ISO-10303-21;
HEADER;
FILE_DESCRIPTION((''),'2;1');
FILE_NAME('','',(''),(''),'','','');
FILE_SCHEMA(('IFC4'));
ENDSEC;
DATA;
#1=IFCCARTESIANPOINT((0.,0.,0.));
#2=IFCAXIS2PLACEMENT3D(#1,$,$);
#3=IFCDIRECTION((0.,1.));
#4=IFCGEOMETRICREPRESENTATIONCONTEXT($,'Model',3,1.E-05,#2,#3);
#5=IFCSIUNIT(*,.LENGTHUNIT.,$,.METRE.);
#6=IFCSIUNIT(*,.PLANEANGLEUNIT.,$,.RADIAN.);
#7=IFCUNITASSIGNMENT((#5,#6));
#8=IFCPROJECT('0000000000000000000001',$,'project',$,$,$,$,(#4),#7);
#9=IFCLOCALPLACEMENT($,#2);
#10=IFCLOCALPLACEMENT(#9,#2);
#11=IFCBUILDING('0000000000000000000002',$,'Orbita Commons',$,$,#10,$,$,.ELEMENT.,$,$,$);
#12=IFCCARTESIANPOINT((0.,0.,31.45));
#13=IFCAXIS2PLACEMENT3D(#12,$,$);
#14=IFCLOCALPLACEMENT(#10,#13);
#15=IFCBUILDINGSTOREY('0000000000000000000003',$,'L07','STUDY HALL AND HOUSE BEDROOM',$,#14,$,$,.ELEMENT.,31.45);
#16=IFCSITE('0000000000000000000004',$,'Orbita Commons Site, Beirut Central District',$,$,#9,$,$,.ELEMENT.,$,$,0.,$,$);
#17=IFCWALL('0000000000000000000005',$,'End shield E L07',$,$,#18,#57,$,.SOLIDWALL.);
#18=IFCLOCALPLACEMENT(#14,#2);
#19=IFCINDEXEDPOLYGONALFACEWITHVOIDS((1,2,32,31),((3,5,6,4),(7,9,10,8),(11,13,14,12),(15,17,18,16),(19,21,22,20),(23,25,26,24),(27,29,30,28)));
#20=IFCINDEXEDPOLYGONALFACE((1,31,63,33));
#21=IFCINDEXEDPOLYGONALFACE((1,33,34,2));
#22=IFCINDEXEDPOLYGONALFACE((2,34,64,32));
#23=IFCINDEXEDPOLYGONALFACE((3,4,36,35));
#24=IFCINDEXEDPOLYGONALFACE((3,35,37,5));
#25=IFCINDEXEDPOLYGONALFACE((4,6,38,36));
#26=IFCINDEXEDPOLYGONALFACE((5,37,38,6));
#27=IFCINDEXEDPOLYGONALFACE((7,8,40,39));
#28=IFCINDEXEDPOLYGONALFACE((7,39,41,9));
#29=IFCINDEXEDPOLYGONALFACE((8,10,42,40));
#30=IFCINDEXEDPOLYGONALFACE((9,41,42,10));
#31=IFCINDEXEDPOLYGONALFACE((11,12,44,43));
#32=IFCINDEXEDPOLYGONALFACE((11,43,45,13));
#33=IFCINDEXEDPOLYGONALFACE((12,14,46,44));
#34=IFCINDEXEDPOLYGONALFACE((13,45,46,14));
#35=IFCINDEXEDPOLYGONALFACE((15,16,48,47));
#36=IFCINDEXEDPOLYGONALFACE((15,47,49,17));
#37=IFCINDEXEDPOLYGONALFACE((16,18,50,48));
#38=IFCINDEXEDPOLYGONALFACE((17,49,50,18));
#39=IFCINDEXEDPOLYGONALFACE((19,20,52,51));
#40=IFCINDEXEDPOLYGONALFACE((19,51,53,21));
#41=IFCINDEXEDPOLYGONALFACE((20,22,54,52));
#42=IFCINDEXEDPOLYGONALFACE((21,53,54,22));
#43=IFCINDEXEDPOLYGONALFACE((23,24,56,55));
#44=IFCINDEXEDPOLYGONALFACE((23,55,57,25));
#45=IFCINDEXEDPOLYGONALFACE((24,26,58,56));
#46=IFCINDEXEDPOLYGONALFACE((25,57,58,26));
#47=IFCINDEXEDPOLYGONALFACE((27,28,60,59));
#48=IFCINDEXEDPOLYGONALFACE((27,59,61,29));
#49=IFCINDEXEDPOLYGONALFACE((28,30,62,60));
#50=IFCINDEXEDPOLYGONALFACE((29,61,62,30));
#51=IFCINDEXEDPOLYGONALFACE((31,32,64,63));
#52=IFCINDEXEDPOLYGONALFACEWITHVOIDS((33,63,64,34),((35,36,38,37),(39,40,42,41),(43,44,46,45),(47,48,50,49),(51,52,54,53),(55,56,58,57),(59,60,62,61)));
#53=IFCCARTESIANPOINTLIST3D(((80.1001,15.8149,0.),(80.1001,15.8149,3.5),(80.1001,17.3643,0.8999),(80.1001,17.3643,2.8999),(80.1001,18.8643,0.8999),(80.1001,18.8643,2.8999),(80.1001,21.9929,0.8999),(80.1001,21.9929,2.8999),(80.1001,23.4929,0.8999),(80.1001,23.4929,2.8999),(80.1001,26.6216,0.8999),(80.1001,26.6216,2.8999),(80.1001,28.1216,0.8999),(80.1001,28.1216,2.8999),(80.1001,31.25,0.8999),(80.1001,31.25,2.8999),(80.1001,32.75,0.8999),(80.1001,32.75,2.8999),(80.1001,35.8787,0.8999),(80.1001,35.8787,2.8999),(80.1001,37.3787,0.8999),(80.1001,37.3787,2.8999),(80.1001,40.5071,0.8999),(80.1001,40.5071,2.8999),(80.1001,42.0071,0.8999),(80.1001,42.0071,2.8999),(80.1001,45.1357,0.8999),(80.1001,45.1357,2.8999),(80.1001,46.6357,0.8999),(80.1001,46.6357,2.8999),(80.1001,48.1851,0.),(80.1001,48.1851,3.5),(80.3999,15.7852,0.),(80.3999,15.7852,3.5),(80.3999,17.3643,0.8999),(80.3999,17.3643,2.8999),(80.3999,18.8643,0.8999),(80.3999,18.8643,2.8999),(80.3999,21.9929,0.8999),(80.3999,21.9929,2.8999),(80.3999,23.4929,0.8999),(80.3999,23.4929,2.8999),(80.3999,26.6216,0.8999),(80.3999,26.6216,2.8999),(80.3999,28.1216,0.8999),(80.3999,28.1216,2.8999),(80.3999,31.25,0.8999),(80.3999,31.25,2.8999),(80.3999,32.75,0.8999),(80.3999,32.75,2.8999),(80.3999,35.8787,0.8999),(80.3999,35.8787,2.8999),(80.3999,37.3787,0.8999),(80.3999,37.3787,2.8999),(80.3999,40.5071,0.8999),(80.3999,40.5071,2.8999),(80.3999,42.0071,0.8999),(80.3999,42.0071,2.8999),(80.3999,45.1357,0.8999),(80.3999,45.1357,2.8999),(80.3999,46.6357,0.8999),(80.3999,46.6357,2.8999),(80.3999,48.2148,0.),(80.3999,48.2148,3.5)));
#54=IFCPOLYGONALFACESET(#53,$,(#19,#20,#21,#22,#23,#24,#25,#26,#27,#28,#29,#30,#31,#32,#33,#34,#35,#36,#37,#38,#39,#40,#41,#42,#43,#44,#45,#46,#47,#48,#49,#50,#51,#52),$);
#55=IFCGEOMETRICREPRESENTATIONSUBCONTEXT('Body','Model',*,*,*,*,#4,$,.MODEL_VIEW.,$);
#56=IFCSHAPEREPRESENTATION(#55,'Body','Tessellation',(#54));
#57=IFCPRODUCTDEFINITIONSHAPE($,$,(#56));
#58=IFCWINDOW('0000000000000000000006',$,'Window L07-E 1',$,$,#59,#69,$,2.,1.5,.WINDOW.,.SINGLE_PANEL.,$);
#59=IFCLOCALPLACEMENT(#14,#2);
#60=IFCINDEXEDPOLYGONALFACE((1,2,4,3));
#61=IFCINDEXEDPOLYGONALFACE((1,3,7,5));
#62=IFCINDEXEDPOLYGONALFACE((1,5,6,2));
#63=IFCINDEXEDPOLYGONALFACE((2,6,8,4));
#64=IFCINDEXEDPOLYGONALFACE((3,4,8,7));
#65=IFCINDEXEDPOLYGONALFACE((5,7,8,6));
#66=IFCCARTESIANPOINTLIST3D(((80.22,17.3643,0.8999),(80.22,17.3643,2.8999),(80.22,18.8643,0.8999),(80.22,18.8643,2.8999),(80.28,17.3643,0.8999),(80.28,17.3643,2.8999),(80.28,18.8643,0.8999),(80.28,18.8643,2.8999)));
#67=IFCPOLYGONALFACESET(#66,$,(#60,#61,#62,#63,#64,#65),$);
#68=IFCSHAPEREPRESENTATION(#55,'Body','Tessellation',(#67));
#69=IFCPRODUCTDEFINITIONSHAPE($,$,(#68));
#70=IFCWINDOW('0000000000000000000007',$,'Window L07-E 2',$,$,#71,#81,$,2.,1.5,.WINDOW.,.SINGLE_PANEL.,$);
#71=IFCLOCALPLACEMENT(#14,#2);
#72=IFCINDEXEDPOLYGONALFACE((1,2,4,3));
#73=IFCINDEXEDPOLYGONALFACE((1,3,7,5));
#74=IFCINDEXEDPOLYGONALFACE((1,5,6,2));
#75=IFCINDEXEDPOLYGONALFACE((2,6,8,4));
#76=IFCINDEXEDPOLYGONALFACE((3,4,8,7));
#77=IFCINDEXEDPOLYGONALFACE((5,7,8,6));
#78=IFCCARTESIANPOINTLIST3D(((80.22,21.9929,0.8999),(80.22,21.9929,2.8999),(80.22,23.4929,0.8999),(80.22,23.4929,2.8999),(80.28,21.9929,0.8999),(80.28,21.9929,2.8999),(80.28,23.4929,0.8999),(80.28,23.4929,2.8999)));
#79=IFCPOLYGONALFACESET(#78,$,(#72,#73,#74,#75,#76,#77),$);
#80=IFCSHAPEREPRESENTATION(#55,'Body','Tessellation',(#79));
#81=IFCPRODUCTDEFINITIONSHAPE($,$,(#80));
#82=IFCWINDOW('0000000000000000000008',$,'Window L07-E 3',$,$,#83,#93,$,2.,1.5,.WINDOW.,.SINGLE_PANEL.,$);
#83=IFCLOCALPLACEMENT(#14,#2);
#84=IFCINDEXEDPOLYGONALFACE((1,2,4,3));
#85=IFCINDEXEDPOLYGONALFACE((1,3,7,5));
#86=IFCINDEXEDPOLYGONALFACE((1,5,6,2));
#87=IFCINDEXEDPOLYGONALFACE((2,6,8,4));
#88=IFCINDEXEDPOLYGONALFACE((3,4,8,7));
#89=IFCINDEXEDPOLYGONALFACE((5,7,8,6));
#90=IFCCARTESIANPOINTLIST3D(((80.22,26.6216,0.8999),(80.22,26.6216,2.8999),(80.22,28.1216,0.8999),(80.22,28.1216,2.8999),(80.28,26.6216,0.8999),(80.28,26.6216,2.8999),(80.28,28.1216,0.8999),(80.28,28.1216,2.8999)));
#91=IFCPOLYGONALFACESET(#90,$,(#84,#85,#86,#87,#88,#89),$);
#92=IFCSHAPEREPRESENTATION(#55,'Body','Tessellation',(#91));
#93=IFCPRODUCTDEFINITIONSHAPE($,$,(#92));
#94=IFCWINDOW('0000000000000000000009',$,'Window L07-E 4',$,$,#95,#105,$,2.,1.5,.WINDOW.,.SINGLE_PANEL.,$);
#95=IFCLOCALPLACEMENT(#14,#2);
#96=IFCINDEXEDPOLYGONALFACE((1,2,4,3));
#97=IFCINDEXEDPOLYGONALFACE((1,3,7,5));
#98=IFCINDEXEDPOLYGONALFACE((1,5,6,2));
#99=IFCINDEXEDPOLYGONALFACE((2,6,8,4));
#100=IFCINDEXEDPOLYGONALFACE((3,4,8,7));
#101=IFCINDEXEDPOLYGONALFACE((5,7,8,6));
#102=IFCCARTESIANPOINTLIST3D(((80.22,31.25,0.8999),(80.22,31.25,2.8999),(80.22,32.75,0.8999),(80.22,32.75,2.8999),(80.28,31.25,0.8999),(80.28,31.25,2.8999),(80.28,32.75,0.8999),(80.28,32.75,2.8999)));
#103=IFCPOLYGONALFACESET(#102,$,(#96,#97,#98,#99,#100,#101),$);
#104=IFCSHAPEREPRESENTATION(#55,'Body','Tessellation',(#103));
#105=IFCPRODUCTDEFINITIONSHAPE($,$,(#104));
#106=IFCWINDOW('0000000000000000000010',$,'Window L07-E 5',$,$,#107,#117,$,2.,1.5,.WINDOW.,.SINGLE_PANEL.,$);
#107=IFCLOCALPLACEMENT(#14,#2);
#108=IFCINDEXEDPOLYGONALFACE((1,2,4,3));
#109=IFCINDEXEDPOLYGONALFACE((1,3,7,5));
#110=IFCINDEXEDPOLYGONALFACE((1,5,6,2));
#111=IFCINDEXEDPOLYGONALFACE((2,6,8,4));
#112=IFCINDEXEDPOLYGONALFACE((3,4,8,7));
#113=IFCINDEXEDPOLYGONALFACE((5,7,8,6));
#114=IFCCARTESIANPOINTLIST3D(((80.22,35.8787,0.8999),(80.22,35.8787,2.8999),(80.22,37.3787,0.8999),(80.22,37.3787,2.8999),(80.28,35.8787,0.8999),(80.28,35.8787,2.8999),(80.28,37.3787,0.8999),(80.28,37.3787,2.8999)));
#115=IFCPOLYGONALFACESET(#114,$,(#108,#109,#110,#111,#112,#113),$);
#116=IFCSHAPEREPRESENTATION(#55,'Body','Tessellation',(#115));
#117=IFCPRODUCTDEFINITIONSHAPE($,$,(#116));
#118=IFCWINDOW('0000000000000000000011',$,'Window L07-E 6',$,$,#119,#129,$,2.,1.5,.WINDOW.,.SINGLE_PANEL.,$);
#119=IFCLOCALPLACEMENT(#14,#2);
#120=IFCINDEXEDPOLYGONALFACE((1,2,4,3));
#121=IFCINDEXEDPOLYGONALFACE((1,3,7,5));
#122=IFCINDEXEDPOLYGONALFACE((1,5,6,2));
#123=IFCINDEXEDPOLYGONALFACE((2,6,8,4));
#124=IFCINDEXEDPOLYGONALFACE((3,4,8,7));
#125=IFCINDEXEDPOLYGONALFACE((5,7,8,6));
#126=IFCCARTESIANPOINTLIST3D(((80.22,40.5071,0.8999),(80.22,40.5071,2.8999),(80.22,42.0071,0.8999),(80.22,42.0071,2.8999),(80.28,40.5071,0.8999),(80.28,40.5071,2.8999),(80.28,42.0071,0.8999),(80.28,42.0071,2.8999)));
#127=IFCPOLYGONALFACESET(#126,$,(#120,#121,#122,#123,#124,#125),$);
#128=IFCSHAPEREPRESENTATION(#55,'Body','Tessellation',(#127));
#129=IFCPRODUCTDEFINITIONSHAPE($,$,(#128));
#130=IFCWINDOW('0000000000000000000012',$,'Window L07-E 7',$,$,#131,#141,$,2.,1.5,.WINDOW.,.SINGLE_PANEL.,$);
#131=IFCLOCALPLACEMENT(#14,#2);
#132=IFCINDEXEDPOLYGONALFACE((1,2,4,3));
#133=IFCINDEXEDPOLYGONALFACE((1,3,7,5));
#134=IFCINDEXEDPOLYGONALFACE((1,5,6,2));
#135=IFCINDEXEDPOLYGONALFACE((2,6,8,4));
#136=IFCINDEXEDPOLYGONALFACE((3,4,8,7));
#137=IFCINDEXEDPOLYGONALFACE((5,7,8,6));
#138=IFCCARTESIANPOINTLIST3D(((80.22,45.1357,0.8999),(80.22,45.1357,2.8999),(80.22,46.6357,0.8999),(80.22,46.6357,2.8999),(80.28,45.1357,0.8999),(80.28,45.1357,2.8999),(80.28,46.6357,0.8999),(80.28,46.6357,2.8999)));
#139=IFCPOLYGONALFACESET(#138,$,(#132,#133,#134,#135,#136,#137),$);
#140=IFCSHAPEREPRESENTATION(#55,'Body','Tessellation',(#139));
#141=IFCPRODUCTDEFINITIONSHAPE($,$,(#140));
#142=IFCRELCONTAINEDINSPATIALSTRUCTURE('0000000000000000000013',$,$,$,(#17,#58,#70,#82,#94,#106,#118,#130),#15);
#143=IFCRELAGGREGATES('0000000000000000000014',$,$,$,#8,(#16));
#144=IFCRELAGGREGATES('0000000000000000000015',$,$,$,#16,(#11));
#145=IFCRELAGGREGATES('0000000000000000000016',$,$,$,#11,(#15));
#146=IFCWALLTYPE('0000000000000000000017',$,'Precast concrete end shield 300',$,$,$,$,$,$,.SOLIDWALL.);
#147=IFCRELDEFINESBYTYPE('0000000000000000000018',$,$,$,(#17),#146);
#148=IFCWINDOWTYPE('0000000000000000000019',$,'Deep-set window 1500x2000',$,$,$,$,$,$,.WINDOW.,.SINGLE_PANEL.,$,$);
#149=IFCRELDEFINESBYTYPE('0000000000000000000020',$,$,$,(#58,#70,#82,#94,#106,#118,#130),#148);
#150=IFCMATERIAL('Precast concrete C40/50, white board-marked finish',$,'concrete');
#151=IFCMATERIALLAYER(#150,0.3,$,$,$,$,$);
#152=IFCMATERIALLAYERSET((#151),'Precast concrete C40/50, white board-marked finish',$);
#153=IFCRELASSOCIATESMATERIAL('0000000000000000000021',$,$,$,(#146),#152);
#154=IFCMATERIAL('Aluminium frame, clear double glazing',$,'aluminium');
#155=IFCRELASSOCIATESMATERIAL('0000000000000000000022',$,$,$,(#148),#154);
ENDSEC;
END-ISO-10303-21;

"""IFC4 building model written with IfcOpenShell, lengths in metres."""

from ifc_helpers import new_model, si_unit, direction, frame, frame_2d, origin, place, context, subcontext, project, spatial, polyline, rectangle, outline, extrude, material, layer, layer_set, type_object, element, fill, save


model = new_model("IFC4")

# Units and contexts
model_context = context("Model", 3, precision=1e-05, world=origin(), true_north=direction((0.0, 1.0)))
body_context = subcontext(model_context, "Body", "Model", "MODEL_VIEW")
ifc_project = project(units=[si_unit("LENGTHUNIT", "METRE"), si_unit("PLANEANGLEUNIT", "RADIAN")], contexts=[model_context])

# Site, building, storey
site_placement = place(None, origin())
site = spatial("IfcSite", under=ifc_project, at=site_placement, Name="Orbita Commons Site, Beirut Central District", CompositionType="ELEMENT", RefElevation=0.0)
building_placement = place(site_placement, origin())
building = spatial("IfcBuilding", under=site, at=building_placement, Name="Orbita Commons", CompositionType="ELEMENT")
storey_placement = place(building_placement, frame((0.0, 0.0, 31.45)))
storey = spatial("IfcBuildingStorey", under=building, at=storey_placement, Name="L07", Description="STUDY HALL AND HOUSE BEDROOM", CompositionType="ELEMENT", Elevation=31.45)

# Wall, openings, windows
ifc_material_1 = material(Name="Precast concrete C40/50, white board-marked finish", Category="concrete")
ifc_layer_1 = layer(ifc_material_1, 0.3)
ifc_layer_set_1 = layer_set([ifc_layer_1], Name="Precast concrete C40/50, white board-marked finish")
wall_type_1 = type_object("IfcWallType", Name="Precast concrete end shield 300", PredefinedType="SOLIDWALL", material=ifc_layer_set_1)
wall_1_placement = place(storey_placement, frame((80.25, 15.8, 0.0), z_axis=(0.0, 0.0, 1.0), x_axis=(0.0, 1.0, 0.0)))
wall_1 = element("IfcWall", 1, at=wall_1_placement, inside=storey, type_object=wall_type_1, Name="End shield E L07", PredefinedType="SOLIDWALL", context=body_context, shape_type="SweptSolid", body=[
    extrude(outline(polyline([(-0.0149, -0.1499), (32.4148, -0.1499), (32.385, 0.1499), (0.0149, 0.1499), (-0.0149, -0.1499)])), origin(), (0.0, 0.0, 1.0), 3.5),
])
opening_1_placement = place(wall_1_placement, frame((1.5642, 0.0, 0.8999)))
opening_1 = element("IfcOpeningElement", 2, at=opening_1_placement, cuts=wall_1, PredefinedType="OPENING", context=body_context, shape_type="SweptSolid", body=[
    extrude(rectangle(XDim=1.5, YDim=2.0, at=frame_2d((0.75, 1.0))), frame((0.0, 0.1599, 0.0), z_axis=(0.0, -1.0, 0.0), x_axis=(1.0, 0.0, 0.0)), (0.0, 0.0, 1.0), 0.3201),
])
opening_2_placement = place(wall_1_placement, frame((6.1929, 0.0, 0.8999)))
opening_2 = element("IfcOpeningElement", 3, at=opening_2_placement, cuts=wall_1, PredefinedType="OPENING", context=body_context, shape_type="SweptSolid", body=[
    extrude(rectangle(XDim=1.5, YDim=2.0, at=frame_2d((0.75, 1.0))), frame((0.0, 0.1599, 0.0), z_axis=(0.0, -1.0, 0.0), x_axis=(1.0, 0.0, 0.0)), (0.0, 0.0, 1.0), 0.3201),
])
opening_3_placement = place(wall_1_placement, frame((10.8215, 0.0, 0.8999)))
opening_3 = element("IfcOpeningElement", 4, at=opening_3_placement, cuts=wall_1, PredefinedType="OPENING", context=body_context, shape_type="SweptSolid", body=[
    extrude(rectangle(XDim=1.5, YDim=2.0, at=frame_2d((0.75, 1.0))), frame((0.0, 0.1599, 0.0), z_axis=(0.0, -1.0, 0.0), x_axis=(1.0, 0.0, 0.0)), (0.0, 0.0, 1.0), 0.3201),
])
opening_4_placement = place(wall_1_placement, frame((15.45, 0.0, 0.8999)))
opening_4 = element("IfcOpeningElement", 5, at=opening_4_placement, cuts=wall_1, PredefinedType="OPENING", context=body_context, shape_type="SweptSolid", body=[
    extrude(rectangle(XDim=1.5, YDim=2.0, at=frame_2d((0.75, 1.0))), frame((0.0, 0.1599, 0.0), z_axis=(0.0, -1.0, 0.0), x_axis=(1.0, 0.0, 0.0)), (0.0, 0.0, 1.0), 0.3201),
])
opening_5_placement = place(wall_1_placement, frame((20.0786, 0.0, 0.8999)))
opening_5 = element("IfcOpeningElement", 6, at=opening_5_placement, cuts=wall_1, PredefinedType="OPENING", context=body_context, shape_type="SweptSolid", body=[
    extrude(rectangle(XDim=1.5, YDim=2.0, at=frame_2d((0.75, 1.0))), frame((0.0, 0.1599, 0.0), z_axis=(0.0, -1.0, 0.0), x_axis=(1.0, 0.0, 0.0)), (0.0, 0.0, 1.0), 0.3201),
])
opening_6_placement = place(wall_1_placement, frame((24.707, 0.0, 0.8999)))
opening_6 = element("IfcOpeningElement", 7, at=opening_6_placement, cuts=wall_1, PredefinedType="OPENING", context=body_context, shape_type="SweptSolid", body=[
    extrude(rectangle(XDim=1.5, YDim=2.0, at=frame_2d((0.75, 1.0))), frame((0.0, 0.1599, 0.0), z_axis=(0.0, -1.0, 0.0), x_axis=(1.0, 0.0, 0.0)), (0.0, 0.0, 1.0), 0.3201),
])
opening_7_placement = place(wall_1_placement, frame((29.3357, 0.0, 0.8999)))
opening_7 = element("IfcOpeningElement", 8, at=opening_7_placement, cuts=wall_1, PredefinedType="OPENING", context=body_context, shape_type="SweptSolid", body=[
    extrude(rectangle(XDim=1.5, YDim=2.0, at=frame_2d((0.75, 1.0))), frame((0.0, 0.1599, 0.0), z_axis=(0.0, -1.0, 0.0), x_axis=(1.0, 0.0, 0.0)), (0.0, 0.0, 1.0), 0.3201),
])
ifc_material_2 = material(Name="Aluminium frame, clear double glazing", Category="aluminium")
window_type = type_object("IfcWindowType", Name="Deep-set window 1500x2000", PartitioningType="SINGLE_PANEL", PredefinedType="WINDOW", material=ifc_material_2)
window_1_placement = place(opening_1_placement, origin())
window_1 = element("IfcWindow", 9, at=window_1_placement, inside=storey, type_object=window_type, Name="Window L07-E 1", OverallHeight=2.0, OverallWidth=1.5, PartitioningType="SINGLE_PANEL", PredefinedType="WINDOW", context=body_context, shape_type="SweptSolid", body=[
    extrude(rectangle(XDim=1.5, YDim=2.0, at=frame_2d((0.75, 1.0))), frame((0.0, 0.03, 0.0), z_axis=(0.0, -1.0, 0.0), x_axis=(1.0, 0.0, 0.0)), (0.0, 0.0, 1.0), 0.0601),
])
fill(opening_1, window_1)
window_2_placement = place(opening_2_placement, origin())
window_2 = element("IfcWindow", 10, at=window_2_placement, inside=storey, type_object=window_type, Name="Window L07-E 2", OverallHeight=2.0, OverallWidth=1.5, PartitioningType="SINGLE_PANEL", PredefinedType="WINDOW", context=body_context, shape_type="SweptSolid", body=[
    extrude(rectangle(XDim=1.5, YDim=2.0, at=frame_2d((0.75, 1.0))), frame((0.0, 0.03, 0.0), z_axis=(0.0, -1.0, 0.0), x_axis=(1.0, 0.0, 0.0)), (0.0, 0.0, 1.0), 0.0601),
])
fill(opening_2, window_2)
window_3_placement = place(opening_3_placement, origin())
window_3 = element("IfcWindow", 11, at=window_3_placement, inside=storey, type_object=window_type, Name="Window L07-E 3", OverallHeight=2.0, OverallWidth=1.5, PartitioningType="SINGLE_PANEL", PredefinedType="WINDOW", context=body_context, shape_type="SweptSolid", body=[
    extrude(rectangle(XDim=1.5, YDim=2.0, at=frame_2d((0.75, 1.0))), frame((0.0, 0.03, 0.0), z_axis=(0.0, -1.0, 0.0), x_axis=(1.0, 0.0, 0.0)), (0.0, 0.0, 1.0), 0.0601),
])
fill(opening_3, window_3)
window_4_placement = place(opening_4_placement, origin())
window_4 = element("IfcWindow", 12, at=window_4_placement, inside=storey, type_object=window_type, Name="Window L07-E 4", OverallHeight=2.0, OverallWidth=1.5, PartitioningType="SINGLE_PANEL", PredefinedType="WINDOW", context=body_context, shape_type="SweptSolid", body=[
    extrude(rectangle(XDim=1.5, YDim=2.0, at=frame_2d((0.75, 1.0))), frame((0.0, 0.03, 0.0), z_axis=(0.0, -1.0, 0.0), x_axis=(1.0, 0.0, 0.0)), (0.0, 0.0, 1.0), 0.0601),
])
fill(opening_4, window_4)
window_5_placement = place(opening_5_placement, origin())
window_5 = element("IfcWindow", 13, at=window_5_placement, inside=storey, type_object=window_type, Name="Window L07-E 5", OverallHeight=2.0, OverallWidth=1.5, PartitioningType="SINGLE_PANEL", PredefinedType="WINDOW", context=body_context, shape_type="SweptSolid", body=[
    extrude(rectangle(XDim=1.5, YDim=2.0, at=frame_2d((0.75, 1.0))), frame((0.0, 0.03, 0.0), z_axis=(0.0, -1.0, 0.0), x_axis=(1.0, 0.0, 0.0)), (0.0, 0.0, 1.0), 0.0601),
])
fill(opening_5, window_5)
window_6_placement = place(opening_6_placement, origin())
window_6 = element("IfcWindow", 14, at=window_6_placement, inside=storey, type_object=window_type, Name="Window L07-E 6", OverallHeight=2.0, OverallWidth=1.5, PartitioningType="SINGLE_PANEL", PredefinedType="WINDOW", context=body_context, shape_type="SweptSolid", body=[
    extrude(rectangle(XDim=1.5, YDim=2.0, at=frame_2d((0.75, 1.0))), frame((0.0, 0.03, 0.0), z_axis=(0.0, -1.0, 0.0), x_axis=(1.0, 0.0, 0.0)), (0.0, 0.0, 1.0), 0.0601),
])
fill(opening_6, window_6)
window_7_placement = place(opening_7_placement, origin())
window_7 = element("IfcWindow", 15, at=window_7_placement, inside=storey, type_object=window_type, Name="Window L07-E 7", OverallHeight=2.0, OverallWidth=1.5, PartitioningType="SINGLE_PANEL", PredefinedType="WINDOW", context=body_context, shape_type="SweptSolid", body=[
    extrude(rectangle(XDim=1.5, YDim=2.0, at=frame_2d((0.75, 1.0))), frame((0.0, 0.03, 0.0), z_axis=(0.0, -1.0, 0.0), x_axis=(1.0, 0.0, 0.0)), (0.0, 0.0, 1.0), 0.0601),
])
fill(opening_7, window_7)

save(model, "model.ifc")
